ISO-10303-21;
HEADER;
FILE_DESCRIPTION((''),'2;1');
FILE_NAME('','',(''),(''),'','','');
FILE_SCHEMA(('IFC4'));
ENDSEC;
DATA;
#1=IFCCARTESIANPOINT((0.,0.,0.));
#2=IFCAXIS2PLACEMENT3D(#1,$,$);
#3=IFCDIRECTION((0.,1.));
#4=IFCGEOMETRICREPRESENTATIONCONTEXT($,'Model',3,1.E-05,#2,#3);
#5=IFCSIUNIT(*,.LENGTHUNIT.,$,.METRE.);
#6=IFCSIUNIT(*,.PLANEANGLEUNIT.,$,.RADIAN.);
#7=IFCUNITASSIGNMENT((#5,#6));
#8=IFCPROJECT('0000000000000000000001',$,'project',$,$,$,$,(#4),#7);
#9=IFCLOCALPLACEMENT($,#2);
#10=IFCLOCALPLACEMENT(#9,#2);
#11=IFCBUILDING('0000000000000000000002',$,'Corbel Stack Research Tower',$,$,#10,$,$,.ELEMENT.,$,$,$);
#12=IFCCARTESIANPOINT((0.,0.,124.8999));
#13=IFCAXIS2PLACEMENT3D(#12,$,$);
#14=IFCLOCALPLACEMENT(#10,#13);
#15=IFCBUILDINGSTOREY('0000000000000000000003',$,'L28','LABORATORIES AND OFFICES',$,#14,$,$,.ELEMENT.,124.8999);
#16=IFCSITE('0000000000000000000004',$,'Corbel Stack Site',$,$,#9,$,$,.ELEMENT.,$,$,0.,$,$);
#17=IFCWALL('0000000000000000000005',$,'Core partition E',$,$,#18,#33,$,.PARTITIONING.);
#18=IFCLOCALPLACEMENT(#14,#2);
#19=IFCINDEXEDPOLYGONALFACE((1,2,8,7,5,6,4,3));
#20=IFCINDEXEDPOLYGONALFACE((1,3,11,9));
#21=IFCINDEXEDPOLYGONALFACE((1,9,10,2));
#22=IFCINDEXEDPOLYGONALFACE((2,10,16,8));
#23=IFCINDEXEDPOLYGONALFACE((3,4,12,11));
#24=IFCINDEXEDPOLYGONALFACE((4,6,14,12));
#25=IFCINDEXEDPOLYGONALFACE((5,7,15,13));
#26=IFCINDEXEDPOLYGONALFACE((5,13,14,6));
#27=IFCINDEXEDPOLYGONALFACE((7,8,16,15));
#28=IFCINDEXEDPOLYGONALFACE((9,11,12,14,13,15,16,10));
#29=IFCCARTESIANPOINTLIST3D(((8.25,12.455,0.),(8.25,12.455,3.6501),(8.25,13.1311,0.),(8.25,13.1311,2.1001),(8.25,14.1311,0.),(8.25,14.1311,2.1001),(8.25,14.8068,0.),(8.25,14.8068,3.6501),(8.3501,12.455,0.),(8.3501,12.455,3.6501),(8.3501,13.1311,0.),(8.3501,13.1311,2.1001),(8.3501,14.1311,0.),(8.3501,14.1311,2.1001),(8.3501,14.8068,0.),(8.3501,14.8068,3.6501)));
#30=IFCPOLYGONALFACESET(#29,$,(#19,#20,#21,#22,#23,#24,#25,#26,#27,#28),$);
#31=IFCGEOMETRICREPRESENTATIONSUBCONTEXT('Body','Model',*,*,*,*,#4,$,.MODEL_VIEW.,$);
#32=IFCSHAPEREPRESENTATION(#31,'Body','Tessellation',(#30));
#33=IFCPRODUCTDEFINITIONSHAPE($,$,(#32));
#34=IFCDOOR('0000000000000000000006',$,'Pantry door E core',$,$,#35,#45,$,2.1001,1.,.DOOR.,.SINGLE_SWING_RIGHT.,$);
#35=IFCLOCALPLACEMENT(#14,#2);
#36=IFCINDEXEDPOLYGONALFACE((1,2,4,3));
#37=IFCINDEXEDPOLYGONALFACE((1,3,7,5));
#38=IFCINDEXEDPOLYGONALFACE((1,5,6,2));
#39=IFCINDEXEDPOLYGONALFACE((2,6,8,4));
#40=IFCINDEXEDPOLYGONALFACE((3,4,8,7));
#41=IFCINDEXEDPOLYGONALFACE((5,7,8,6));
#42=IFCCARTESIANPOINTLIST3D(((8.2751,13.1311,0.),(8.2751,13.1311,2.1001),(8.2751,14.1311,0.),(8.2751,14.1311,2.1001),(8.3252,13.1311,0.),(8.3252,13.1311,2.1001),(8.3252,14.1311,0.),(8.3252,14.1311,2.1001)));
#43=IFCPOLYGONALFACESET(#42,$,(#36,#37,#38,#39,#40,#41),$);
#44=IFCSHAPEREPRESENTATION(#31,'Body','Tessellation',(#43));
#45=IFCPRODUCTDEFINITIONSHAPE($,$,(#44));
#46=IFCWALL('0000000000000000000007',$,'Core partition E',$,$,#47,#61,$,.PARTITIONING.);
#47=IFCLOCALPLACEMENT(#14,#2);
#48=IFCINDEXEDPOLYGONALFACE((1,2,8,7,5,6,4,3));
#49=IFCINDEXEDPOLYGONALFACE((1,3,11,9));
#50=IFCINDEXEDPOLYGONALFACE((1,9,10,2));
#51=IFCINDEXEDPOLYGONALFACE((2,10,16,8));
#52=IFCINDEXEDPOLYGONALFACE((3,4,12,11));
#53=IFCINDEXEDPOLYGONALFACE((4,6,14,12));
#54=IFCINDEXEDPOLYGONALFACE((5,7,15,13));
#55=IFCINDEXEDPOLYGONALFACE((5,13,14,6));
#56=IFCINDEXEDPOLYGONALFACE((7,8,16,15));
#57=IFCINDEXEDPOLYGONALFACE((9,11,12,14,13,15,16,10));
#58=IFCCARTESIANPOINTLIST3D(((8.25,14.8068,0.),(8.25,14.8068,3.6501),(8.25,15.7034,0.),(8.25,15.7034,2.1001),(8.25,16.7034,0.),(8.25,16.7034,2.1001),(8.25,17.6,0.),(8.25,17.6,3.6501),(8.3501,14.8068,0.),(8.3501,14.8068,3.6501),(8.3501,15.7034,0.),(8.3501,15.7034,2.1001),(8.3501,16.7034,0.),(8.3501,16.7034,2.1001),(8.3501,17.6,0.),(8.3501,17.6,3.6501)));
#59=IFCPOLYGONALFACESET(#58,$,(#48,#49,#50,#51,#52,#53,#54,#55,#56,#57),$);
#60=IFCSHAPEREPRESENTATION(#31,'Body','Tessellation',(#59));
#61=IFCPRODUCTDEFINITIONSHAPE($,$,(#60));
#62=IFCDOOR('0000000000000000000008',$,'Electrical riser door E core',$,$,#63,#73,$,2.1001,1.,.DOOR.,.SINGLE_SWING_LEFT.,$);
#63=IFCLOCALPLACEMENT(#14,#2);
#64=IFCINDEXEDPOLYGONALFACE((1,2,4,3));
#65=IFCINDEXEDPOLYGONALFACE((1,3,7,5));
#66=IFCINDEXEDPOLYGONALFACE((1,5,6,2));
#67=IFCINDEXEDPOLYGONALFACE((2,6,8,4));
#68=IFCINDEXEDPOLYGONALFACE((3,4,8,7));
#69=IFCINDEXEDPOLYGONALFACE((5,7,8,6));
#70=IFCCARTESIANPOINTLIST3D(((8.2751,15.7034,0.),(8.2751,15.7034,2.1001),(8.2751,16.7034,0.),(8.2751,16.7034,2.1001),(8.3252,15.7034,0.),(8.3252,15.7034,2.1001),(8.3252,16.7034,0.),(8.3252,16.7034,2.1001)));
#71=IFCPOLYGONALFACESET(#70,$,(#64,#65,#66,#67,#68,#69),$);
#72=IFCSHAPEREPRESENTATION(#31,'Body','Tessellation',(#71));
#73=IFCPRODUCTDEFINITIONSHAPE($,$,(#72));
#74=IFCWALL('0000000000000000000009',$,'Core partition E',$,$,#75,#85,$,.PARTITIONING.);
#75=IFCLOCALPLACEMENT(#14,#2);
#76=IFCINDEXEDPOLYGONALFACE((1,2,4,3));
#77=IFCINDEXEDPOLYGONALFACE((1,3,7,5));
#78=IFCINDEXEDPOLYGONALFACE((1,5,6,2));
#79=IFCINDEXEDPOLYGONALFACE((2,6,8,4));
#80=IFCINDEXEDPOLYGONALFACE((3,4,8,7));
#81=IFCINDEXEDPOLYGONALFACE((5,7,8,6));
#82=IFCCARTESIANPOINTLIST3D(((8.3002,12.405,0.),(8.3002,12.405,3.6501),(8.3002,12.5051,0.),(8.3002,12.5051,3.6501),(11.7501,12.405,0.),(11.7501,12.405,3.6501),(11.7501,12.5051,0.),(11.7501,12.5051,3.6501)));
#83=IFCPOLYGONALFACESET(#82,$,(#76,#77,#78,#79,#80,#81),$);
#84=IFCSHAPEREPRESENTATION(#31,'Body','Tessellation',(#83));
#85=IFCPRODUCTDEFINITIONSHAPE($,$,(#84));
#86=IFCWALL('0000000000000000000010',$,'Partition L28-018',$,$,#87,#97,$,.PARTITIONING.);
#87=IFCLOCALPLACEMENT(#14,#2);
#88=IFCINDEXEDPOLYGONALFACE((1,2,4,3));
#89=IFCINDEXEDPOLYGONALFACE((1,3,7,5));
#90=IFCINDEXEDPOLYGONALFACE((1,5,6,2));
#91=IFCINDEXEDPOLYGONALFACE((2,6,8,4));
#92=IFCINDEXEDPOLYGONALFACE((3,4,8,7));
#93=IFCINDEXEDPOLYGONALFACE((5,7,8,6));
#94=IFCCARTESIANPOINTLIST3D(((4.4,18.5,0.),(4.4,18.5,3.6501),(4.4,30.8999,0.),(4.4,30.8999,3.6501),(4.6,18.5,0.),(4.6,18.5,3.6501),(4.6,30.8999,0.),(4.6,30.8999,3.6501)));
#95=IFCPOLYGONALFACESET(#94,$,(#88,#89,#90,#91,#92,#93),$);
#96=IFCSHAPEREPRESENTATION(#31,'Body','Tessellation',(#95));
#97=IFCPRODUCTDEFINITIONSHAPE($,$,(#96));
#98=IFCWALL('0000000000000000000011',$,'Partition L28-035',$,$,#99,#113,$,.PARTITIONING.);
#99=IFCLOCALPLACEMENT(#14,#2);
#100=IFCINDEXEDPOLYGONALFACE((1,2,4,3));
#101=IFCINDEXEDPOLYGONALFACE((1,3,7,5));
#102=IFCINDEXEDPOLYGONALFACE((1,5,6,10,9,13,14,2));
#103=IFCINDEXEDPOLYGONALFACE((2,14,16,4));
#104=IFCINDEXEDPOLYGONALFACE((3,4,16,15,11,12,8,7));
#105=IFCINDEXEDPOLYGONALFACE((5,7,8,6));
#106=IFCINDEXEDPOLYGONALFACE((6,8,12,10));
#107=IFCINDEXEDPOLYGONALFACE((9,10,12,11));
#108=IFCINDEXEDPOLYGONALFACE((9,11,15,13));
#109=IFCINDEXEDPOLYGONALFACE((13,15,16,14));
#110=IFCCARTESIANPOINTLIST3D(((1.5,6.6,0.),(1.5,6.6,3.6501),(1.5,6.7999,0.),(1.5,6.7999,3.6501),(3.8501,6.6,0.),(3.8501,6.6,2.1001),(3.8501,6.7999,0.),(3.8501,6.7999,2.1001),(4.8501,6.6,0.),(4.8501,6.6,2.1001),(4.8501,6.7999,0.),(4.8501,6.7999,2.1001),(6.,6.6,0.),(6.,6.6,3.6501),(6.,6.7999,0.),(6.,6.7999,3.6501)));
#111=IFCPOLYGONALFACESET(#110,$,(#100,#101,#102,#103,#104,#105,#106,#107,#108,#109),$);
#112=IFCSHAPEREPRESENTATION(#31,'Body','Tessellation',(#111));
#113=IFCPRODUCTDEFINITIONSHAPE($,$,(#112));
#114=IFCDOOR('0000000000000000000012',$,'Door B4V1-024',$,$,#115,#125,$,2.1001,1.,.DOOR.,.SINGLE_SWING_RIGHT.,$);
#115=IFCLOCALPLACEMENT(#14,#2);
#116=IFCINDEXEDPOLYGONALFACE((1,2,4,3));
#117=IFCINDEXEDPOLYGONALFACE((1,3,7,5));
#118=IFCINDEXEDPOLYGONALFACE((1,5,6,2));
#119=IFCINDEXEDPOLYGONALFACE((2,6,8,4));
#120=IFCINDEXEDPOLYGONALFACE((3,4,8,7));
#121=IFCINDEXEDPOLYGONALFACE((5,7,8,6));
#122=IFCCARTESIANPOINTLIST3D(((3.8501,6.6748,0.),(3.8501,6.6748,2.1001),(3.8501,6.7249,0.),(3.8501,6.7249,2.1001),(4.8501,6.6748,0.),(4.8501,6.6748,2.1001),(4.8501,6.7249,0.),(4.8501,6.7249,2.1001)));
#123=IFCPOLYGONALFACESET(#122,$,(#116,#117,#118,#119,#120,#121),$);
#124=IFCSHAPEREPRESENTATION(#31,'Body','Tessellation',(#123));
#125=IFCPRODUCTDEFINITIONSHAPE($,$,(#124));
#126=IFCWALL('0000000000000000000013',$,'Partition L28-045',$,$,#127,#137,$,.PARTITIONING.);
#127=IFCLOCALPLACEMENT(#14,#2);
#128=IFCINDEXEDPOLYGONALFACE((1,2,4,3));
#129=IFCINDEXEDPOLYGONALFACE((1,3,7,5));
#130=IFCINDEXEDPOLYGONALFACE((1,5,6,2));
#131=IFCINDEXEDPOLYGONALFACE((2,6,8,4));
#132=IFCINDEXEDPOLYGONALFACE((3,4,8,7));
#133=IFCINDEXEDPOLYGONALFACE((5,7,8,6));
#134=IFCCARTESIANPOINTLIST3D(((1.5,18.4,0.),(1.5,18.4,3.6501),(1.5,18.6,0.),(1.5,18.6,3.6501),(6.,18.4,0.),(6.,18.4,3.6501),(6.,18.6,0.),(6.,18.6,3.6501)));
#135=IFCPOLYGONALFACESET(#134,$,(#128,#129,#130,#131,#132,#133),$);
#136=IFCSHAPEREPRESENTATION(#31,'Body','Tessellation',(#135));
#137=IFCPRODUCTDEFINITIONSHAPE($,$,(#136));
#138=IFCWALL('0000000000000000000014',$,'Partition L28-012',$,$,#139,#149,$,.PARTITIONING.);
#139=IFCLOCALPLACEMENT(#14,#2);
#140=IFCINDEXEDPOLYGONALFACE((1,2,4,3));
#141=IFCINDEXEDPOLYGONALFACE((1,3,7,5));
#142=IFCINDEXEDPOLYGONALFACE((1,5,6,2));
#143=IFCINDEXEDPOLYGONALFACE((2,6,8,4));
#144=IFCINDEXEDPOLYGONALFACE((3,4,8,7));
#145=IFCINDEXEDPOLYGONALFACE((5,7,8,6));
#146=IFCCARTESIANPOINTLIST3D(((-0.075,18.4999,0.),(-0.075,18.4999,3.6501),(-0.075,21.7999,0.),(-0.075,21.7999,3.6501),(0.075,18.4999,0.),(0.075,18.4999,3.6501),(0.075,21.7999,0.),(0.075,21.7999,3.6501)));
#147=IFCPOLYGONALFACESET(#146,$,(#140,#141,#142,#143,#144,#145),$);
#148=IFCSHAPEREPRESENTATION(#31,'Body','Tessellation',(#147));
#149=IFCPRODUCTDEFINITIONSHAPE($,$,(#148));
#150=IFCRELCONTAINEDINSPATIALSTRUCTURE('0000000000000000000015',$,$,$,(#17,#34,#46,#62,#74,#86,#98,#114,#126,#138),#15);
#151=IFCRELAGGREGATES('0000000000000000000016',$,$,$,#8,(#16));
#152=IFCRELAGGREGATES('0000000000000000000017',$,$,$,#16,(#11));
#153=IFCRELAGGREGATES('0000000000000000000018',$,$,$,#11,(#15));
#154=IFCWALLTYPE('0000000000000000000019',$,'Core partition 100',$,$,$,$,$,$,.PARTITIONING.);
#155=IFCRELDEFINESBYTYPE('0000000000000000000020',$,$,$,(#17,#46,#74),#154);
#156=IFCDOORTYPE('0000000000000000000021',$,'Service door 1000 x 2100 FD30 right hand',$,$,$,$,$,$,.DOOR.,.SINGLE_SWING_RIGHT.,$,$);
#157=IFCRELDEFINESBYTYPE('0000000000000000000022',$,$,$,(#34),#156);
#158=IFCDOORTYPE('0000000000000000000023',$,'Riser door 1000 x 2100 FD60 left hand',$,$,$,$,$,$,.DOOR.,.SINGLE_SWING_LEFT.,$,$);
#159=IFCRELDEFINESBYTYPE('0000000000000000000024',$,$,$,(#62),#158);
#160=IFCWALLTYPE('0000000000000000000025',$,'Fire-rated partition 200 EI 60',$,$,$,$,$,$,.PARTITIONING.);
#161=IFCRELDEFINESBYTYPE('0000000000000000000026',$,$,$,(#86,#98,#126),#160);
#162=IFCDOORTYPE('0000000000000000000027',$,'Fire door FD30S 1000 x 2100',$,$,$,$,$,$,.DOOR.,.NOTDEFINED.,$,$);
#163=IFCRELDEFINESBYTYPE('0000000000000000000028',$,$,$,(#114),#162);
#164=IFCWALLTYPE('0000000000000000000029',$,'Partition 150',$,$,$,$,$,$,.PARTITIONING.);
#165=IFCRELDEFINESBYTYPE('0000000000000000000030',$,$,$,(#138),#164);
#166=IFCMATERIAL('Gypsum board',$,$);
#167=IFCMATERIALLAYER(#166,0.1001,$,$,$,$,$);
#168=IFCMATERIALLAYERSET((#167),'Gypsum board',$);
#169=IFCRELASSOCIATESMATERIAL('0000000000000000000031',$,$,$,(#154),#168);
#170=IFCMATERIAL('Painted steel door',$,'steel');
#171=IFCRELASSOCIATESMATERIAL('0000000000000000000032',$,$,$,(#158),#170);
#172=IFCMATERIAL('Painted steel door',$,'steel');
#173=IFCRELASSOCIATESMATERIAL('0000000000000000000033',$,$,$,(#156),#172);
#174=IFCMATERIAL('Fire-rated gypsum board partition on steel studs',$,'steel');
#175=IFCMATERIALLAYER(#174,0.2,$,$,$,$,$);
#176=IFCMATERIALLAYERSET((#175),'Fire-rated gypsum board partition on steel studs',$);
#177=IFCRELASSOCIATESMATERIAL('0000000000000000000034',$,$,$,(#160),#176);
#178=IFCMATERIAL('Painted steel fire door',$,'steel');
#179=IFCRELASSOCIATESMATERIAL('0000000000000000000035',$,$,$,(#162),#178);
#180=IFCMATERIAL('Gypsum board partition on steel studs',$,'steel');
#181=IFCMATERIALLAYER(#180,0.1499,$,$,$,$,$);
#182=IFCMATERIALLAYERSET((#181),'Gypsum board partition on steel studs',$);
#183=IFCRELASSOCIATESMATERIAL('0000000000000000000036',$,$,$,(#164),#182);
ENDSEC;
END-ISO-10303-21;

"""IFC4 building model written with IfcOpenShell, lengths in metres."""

from ifc_helpers import new_model, si_unit, direction, frame, frame_2d, origin, place, context, subcontext, project, spatial, rectangle, extrude, material, layer, layer_set, type_object, element, fill, save


model = new_model("IFC4")

# Units and contexts
model_context = context("Model", 3, precision=1e-05, world=origin(), true_north=direction((0.0, 1.0)))
body_context = subcontext(model_context, "Body", "Model", "MODEL_VIEW")
ifc_project = project(units=[si_unit("LENGTHUNIT", "METRE"), si_unit("PLANEANGLEUNIT", "RADIAN")], contexts=[model_context])

# Site, building, storey
site_placement = place(None, origin())
site = spatial("IfcSite", under=ifc_project, at=site_placement, Name="Corbel Stack Site", CompositionType="ELEMENT", RefElevation=0.0)
building_placement = place(site_placement, origin())
building = spatial("IfcBuilding", under=site, at=building_placement, Name="Corbel Stack Research Tower", CompositionType="ELEMENT")
storey_placement = place(building_placement, frame((0.0, 0.0, 124.8999)))
storey = spatial("IfcBuildingStorey", under=building, at=storey_placement, Name="L28", Description="LABORATORIES AND OFFICES", CompositionType="ELEMENT", Elevation=124.8999)

# Walls, openings, doors
ifc_material_1 = material(Name="Gypsum board")
ifc_layer_1 = layer(ifc_material_1, 0.1001)
ifc_layer_set_1 = layer_set([ifc_layer_1], Name="Gypsum board")
wall_type_1 = type_object("IfcWallType", Name="Core partition 100", PredefinedType="PARTITIONING", material=ifc_layer_set_1)
ifc_material_2 = material(Name="Painted steel door", Category="steel")
door_type_1 = type_object("IfcDoorType", Name="Riser door 1000 x 2100 FD60 left hand", OperationType="SINGLE_SWING_LEFT", PredefinedType="DOOR", material=ifc_material_2)
wall_1_placement = place(storey_placement, frame((8.3, 12.4551, 0.0), z_axis=(0.0, 0.0, 1.0), x_axis=(0.0, 1.0, 0.0)))
wall_1 = element("IfcWall", 1, at=wall_1_placement, inside=storey, type_object=wall_type_1, Name="Core partition E", PredefinedType="PARTITIONING", context=body_context, shape_type="SweptSolid", body=[
    extrude(rectangle(XDim=2.3518, YDim=0.1001, at=frame_2d((1.1758, 0.0))), origin(), (0.0, 0.0, 1.0), 3.6501),
])
opening_1_placement = place(wall_1_placement, frame((0.676, 0.0, 0.0)))
opening_1 = element("IfcOpeningElement", 2, at=opening_1_placement, cuts=wall_1, PredefinedType="OPENING", context=body_context, shape_type="SweptSolid", body=[
    extrude(rectangle(XDim=1.0, YDim=2.1001, at=frame_2d((0.5, 1.05))), frame((0.0, 0.0601, 0.0), z_axis=(0.0, -1.0, 0.0), x_axis=(1.0, 0.0, 0.0)), (0.0, 0.0, 1.0), 0.1201),
])
ifc_material_3 = material(Name="Painted steel door", Category="steel")
door_type_2 = type_object("IfcDoorType", Name="Service door 1000 x 2100 FD30 right hand", OperationType="SINGLE_SWING_RIGHT", PredefinedType="DOOR", material=ifc_material_3)
door_1_placement = place(opening_1_placement, origin())
door_1 = element("IfcDoor", 3, at=door_1_placement, inside=storey, type_object=door_type_2, Name="Pantry door E core", OperationType="SINGLE_SWING_RIGHT", OverallHeight=2.1001, OverallWidth=1.0, PredefinedType="DOOR", context=body_context, shape_type="SweptSolid", body=[
    extrude(rectangle(XDim=1.0, YDim=2.1001, at=frame_2d((0.5, 1.05))), frame((0.0, 0.0249, 0.0), z_axis=(0.0, -1.0, 0.0), x_axis=(1.0, 0.0, 0.0)), (0.0, 0.0, 1.0), 0.05),
])
fill(opening_1, door_1)
wall_2_placement = place(storey_placement, frame((8.3, 14.8069, 0.0), z_axis=(0.0, 0.0, 1.0), x_axis=(0.0, 1.0, 0.0)))
wall_2 = element("IfcWall", 4, at=wall_2_placement, inside=storey, type_object=wall_type_1, Name="Core partition E", PredefinedType="PARTITIONING", context=body_context, shape_type="SweptSolid", body=[
    extrude(rectangle(XDim=2.7932, YDim=0.1001, at=frame_2d((1.3965, 0.0))), origin(), (0.0, 0.0, 1.0), 3.6501),
])
opening_2_placement = place(wall_2_placement, frame((0.8965, 0.0, 0.0)))
opening_2 = element("IfcOpeningElement", 5, at=opening_2_placement, cuts=wall_2, PredefinedType="OPENING", context=body_context, shape_type="SweptSolid", body=[
    extrude(rectangle(XDim=1.0, YDim=2.1001, at=frame_2d((0.5, 1.05))), frame((0.0, 0.0601, 0.0), z_axis=(0.0, -1.0, 0.0), x_axis=(1.0, 0.0, 0.0)), (0.0, 0.0, 1.0), 0.1201),
])
door_2_placement = place(opening_2_placement, origin())
door_2 = element("IfcDoor", 6, at=door_2_placement, inside=storey, type_object=door_type_1, Name="Electrical riser door E core", OperationType="SINGLE_SWING_LEFT", OverallHeight=2.1001, OverallWidth=1.0, PredefinedType="DOOR", context=body_context, shape_type="SweptSolid", body=[
    extrude(rectangle(XDim=1.0, YDim=2.1001, at=frame_2d((0.5, 1.05))), frame((0.0, 0.0249, 0.0), z_axis=(0.0, -1.0, 0.0), x_axis=(1.0, 0.0, 0.0)), (0.0, 0.0, 1.0), 0.05),
])
fill(opening_2, door_2)

# Walls
wall_3_placement = place(storey_placement, frame((8.3, 12.4551, 0.0), z_axis=(0.0, 0.0, 1.0), x_axis=(1.0, 0.0, 0.0)))
element("IfcWall", 7, at=wall_3_placement, inside=storey, type_object=wall_type_1, Name="Core partition E", PredefinedType="PARTITIONING", context=body_context, shape_type="SweptSolid", body=[
    extrude(rectangle(XDim=3.45, YDim=0.1001, at=frame_2d((1.7251, 0.0))), origin(), (0.0, 0.0, 1.0), 3.6501),
])
ifc_material_4 = material(Name="Fire-rated gypsum board partition on steel studs", Category="steel")
ifc_layer_2 = layer(ifc_material_4, 0.2)
ifc_layer_set_2 = layer_set([ifc_layer_2], Name="Fire-rated gypsum board partition on steel studs")
wall_type_2 = type_object("IfcWallType", Name="Fire-rated partition 200 EI 60", PredefinedType="PARTITIONING", material=ifc_layer_set_2)
wall_4_placement = place(storey_placement, frame((4.5, 18.5, 0.0), z_axis=(0.0, 0.0, 1.0), x_axis=(0.0, 1.0, 0.0)))
element("IfcWall", 8, at=wall_4_placement, inside=storey, type_object=wall_type_2, Name="Partition L28-018", PredefinedType="PARTITIONING", context=body_context, shape_type="SweptSolid", body=[
    extrude(rectangle(XDim=12.3999, YDim=0.2, at=frame_2d((6.2, 0.0))), origin(), (0.0, 0.0, 1.0), 3.6501),
])

# Wall, opening, door
wall_5_placement = place(storey_placement, frame((1.5, 6.7, 0.0), z_axis=(0.0, 0.0, 1.0), x_axis=(1.0, 0.0, 0.0)))
wall_5 = element("IfcWall", 9, at=wall_5_placement, inside=storey, type_object=wall_type_2, Name="Partition L28-035", PredefinedType="PARTITIONING", context=body_context, shape_type="SweptSolid", body=[
    extrude(rectangle(XDim=4.5, YDim=0.2, at=frame_2d((2.25, 0.0))), origin(), (0.0, 0.0, 1.0), 3.6501),
])
opening_3_placement = place(wall_5_placement, frame((2.3501, 0.0, 0.0)))
opening_3 = element("IfcOpeningElement", 10, at=opening_3_placement, cuts=wall_5, PredefinedType="OPENING", context=body_context, shape_type="SweptSolid", body=[
    extrude(rectangle(XDim=1.0, YDim=2.1001, at=frame_2d((0.5, 1.05))), frame((0.0, 0.1099, 0.0), z_axis=(0.0, -1.0, 0.0), x_axis=(1.0, 0.0, 0.0)), (0.0, 0.0, 1.0), 0.22),
])
ifc_material_5 = material(Name="Painted steel fire door", Category="steel")
door_type_3 = type_object("IfcDoorType", Name="Fire door FD30S 1000 x 2100", OperationType="NOTDEFINED", PredefinedType="DOOR", material=ifc_material_5)
door_3_placement = place(opening_3_placement, origin())
door_3 = element("IfcDoor", 11, at=door_3_placement, inside=storey, type_object=door_type_3, Name="Door B4V1-024", OperationType="SINGLE_SWING_RIGHT", OverallHeight=2.1001, OverallWidth=1.0, PredefinedType="DOOR", context=body_context, shape_type="SweptSolid", body=[
    extrude(rectangle(XDim=1.0, YDim=2.1001, at=frame_2d((0.5, 1.05))), frame((0.0, 0.0249, 0.0), z_axis=(0.0, -1.0, 0.0), x_axis=(1.0, 0.0, 0.0)), (0.0, 0.0, 1.0), 0.05),
])
fill(opening_3, door_3)

# Walls
wall_6_placement = place(storey_placement, frame((1.5, 18.5, 0.0), z_axis=(0.0, 0.0, 1.0), x_axis=(1.0, 0.0, 0.0)))
element("IfcWall", 12, at=wall_6_placement, inside=storey, type_object=wall_type_2, Name="Partition L28-045", PredefinedType="PARTITIONING", context=body_context, shape_type="SweptSolid", body=[
    extrude(rectangle(XDim=4.5, YDim=0.2, at=frame_2d((2.25, 0.0))), origin(), (0.0, 0.0, 1.0), 3.6501),
])
ifc_material_6 = material(Name="Gypsum board partition on steel studs", Category="steel")
ifc_layer_3 = layer(ifc_material_6, 0.1499)
ifc_layer_set_3 = layer_set([ifc_layer_3], Name="Gypsum board partition on steel studs")
wall_type_3 = type_object("IfcWallType", Name="Partition 150", PredefinedType="PARTITIONING", material=ifc_layer_set_3)
wall_7_placement = place(storey_placement, frame((0.0, 18.5, 0.0), z_axis=(0.0, 0.0, 1.0), x_axis=(0.0, 1.0, 0.0)))
element("IfcWall", 13, at=wall_7_placement, inside=storey, type_object=wall_type_3, Name="Partition L28-012", PredefinedType="PARTITIONING", context=body_context, shape_type="SweptSolid", body=[
    extrude(rectangle(XDim=3.3, YDim=0.1499, at=frame_2d((1.6499, 0.0))), origin(), (0.0, 0.0, 1.0), 3.6501),
])

save(model, "model.ifc")
